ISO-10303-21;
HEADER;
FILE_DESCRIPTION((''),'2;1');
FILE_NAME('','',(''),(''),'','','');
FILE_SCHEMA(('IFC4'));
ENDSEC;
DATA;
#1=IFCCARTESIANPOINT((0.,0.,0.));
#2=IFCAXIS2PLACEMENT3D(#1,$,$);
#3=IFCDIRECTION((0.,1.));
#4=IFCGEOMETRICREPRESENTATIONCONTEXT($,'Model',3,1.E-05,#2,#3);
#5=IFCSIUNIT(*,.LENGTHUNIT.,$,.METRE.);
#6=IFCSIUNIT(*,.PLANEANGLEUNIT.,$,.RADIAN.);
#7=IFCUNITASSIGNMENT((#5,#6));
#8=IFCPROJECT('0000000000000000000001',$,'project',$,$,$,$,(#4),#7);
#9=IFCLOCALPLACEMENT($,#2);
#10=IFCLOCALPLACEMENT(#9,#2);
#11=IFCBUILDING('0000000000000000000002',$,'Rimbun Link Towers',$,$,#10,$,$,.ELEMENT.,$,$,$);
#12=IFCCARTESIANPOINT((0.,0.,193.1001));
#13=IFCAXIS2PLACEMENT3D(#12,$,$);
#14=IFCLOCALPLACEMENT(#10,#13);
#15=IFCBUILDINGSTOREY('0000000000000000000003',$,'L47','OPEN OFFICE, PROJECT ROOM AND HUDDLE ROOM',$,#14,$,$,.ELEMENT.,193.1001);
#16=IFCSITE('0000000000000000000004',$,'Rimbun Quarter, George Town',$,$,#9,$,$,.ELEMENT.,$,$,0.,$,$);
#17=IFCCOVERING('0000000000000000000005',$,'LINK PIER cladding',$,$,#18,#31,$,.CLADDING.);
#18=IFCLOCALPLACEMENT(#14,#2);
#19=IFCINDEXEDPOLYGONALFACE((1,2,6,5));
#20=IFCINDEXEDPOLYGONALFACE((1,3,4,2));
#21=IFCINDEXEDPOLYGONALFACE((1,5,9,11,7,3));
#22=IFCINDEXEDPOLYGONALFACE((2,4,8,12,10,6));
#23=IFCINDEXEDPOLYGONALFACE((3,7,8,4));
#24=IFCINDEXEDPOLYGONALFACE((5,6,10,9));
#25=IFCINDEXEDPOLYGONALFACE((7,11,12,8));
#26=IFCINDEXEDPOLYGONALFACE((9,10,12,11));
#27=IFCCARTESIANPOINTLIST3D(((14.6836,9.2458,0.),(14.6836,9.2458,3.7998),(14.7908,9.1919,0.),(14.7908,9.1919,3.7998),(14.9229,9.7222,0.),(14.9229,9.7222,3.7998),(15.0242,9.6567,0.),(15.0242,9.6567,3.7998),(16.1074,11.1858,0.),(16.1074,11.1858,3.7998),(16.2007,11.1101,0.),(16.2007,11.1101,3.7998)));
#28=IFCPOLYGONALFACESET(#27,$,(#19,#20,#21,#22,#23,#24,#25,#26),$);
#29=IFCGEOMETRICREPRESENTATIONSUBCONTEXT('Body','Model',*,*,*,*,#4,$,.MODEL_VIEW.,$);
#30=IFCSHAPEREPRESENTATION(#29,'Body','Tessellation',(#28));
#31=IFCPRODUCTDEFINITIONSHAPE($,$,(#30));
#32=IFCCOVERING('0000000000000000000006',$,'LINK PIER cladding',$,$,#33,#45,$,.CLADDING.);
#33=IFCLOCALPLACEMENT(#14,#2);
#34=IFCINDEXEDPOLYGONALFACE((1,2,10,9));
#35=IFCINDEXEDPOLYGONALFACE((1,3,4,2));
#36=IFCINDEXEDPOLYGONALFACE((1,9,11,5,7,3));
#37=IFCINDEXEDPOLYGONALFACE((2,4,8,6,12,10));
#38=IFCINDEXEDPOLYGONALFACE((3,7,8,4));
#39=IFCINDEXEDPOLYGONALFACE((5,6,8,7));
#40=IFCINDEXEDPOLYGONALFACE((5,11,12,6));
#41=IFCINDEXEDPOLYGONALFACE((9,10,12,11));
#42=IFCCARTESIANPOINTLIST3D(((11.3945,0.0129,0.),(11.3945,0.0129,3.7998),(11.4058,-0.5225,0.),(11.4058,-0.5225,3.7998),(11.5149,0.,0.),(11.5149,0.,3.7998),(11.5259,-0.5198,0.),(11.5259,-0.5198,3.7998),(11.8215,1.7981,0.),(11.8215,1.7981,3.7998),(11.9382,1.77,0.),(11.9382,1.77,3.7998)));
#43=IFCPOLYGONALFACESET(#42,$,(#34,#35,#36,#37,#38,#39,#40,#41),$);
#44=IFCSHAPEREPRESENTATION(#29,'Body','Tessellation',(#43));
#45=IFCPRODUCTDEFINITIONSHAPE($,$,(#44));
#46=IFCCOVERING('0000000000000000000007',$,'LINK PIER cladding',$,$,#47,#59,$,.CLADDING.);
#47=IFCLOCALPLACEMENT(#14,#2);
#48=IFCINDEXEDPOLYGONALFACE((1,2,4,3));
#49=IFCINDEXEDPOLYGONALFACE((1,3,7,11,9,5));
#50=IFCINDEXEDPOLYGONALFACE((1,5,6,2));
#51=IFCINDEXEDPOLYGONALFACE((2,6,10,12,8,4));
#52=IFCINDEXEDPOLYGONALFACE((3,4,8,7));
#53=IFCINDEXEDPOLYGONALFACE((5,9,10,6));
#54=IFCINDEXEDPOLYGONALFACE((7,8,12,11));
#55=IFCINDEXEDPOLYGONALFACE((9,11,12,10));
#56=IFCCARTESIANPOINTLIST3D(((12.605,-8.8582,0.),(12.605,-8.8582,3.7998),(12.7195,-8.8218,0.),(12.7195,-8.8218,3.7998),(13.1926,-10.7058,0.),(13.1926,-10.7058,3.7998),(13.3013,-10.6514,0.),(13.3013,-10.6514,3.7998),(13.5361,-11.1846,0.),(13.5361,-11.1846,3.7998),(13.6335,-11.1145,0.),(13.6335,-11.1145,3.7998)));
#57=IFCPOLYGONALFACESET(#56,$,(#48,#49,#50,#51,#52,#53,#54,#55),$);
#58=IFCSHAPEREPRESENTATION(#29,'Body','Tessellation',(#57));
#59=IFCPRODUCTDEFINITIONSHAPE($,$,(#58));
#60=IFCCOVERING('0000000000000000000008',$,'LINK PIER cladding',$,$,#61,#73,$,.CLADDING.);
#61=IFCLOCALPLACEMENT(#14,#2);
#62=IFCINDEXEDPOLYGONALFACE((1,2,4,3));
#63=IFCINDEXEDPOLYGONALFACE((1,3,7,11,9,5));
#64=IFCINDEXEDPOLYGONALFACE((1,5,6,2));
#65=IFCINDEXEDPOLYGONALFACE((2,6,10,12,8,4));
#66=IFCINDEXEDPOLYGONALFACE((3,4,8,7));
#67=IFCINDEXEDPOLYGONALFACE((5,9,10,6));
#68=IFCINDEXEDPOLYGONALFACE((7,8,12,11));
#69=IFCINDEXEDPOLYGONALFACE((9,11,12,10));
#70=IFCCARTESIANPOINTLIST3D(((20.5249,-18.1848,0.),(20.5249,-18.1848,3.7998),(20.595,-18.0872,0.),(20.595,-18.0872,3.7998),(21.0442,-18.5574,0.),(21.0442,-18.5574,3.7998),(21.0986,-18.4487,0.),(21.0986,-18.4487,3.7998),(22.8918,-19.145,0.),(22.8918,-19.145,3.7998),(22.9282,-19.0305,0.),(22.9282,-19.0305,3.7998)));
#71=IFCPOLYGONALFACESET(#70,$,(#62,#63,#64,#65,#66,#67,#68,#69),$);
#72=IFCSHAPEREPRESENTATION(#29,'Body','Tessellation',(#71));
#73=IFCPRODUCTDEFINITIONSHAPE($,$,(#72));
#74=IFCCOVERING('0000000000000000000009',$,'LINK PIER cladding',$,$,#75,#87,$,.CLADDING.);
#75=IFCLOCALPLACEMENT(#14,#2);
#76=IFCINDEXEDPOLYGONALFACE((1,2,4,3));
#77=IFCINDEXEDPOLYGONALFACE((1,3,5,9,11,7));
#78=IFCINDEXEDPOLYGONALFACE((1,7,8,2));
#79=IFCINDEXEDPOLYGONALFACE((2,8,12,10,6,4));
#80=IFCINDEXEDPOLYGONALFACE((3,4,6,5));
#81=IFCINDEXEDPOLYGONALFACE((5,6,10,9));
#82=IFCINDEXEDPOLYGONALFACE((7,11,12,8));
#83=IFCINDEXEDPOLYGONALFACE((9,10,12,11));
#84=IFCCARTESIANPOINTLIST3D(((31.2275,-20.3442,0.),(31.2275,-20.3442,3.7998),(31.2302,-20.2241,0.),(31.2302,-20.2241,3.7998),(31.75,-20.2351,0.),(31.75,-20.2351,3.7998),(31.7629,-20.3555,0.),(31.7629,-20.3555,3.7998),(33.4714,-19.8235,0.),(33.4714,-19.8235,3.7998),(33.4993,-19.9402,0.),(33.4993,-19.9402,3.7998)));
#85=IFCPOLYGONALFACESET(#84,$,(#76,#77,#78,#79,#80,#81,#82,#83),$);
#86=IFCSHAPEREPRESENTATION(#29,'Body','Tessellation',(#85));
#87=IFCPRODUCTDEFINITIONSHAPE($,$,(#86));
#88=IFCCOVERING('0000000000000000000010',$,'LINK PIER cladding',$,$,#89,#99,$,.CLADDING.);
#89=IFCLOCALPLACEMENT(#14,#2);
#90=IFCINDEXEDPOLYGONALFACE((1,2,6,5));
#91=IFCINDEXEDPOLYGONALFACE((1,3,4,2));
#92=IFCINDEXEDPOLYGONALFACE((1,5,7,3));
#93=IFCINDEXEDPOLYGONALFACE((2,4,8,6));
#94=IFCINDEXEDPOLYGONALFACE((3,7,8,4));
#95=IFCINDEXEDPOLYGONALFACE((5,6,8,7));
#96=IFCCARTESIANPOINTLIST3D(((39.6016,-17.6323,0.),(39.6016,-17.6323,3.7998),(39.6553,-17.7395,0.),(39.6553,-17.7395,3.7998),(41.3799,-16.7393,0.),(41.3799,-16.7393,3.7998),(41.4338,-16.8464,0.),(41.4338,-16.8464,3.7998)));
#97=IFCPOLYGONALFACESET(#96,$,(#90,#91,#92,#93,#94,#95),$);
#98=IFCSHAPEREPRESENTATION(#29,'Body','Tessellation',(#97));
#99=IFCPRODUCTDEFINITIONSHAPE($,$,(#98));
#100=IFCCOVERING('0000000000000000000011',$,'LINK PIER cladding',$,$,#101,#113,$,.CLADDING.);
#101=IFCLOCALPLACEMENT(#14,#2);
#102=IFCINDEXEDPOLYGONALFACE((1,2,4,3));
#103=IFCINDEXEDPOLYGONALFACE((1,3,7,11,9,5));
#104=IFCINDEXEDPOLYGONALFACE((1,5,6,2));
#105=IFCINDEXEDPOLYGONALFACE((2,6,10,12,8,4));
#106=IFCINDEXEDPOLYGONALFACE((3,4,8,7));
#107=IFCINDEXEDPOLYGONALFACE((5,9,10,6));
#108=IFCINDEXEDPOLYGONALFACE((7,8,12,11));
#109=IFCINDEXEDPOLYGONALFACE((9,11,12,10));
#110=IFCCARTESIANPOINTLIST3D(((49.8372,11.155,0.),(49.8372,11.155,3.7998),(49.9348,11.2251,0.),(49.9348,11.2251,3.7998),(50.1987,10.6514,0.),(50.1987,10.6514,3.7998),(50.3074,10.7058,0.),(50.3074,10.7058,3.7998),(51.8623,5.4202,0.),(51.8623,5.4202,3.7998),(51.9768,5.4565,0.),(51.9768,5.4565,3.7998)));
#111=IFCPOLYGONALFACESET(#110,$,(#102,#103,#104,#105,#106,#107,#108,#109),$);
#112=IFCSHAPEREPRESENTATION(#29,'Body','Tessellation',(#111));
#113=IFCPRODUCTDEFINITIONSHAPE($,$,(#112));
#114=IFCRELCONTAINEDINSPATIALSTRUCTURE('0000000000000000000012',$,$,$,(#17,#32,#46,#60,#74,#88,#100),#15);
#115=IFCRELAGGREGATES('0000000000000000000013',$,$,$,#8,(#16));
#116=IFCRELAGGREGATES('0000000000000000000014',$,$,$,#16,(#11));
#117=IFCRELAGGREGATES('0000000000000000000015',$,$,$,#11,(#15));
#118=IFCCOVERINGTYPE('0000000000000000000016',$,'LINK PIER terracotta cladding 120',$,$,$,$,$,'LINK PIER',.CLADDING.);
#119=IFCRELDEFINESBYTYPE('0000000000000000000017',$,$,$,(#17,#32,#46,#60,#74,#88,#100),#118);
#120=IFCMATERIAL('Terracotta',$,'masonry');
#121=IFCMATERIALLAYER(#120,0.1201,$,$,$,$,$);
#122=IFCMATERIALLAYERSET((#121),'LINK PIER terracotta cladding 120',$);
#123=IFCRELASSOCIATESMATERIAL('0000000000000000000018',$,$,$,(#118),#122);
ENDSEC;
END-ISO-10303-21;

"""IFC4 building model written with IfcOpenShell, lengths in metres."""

from ifc_helpers import new_model, si_unit, direction, frame, origin, place, context, subcontext, project, spatial, polyline, outline, extrude, material, layer, layer_set, type_object, element, save


model = new_model("IFC4")

# Units and contexts
model_context = context("Model", 3, precision=1e-05, world=origin(), true_north=direction((0.0, 1.0)))
body_context = subcontext(model_context, "Body", "Model", "MODEL_VIEW")
ifc_project = project(units=[si_unit("LENGTHUNIT", "METRE"), si_unit("PLANEANGLEUNIT", "RADIAN")], contexts=[model_context])

# Site, building, storey
site_placement = place(None, origin())
site = spatial("IfcSite", under=ifc_project, at=site_placement, Name="Rimbun Quarter, George Town", CompositionType="ELEMENT", RefElevation=0.0)
building_placement = place(site_placement, origin())
building = spatial("IfcBuilding", under=site, at=building_placement, Name="Rimbun Link Towers", CompositionType="ELEMENT")
storey_placement = place(building_placement, frame((0.0, 0.0, 193.1001)))
storey = spatial("IfcBuildingStorey", under=building, at=storey_placement, Name="L47", Description="OPEN OFFICE, PROJECT ROOM AND HUDDLE ROOM", CompositionType="ELEMENT", Elevation=193.1001)

# Coverings
ifc_material_1 = material(Name="Terracotta", Category="masonry")
ifc_layer_1 = layer(ifc_material_1, 0.1201)
ifc_layer_set_1 = layer_set([ifc_layer_1], Name="LINK PIER terracotta cladding 120")
covering_type_1 = type_object("IfcCoveringType", Name="LINK PIER terracotta cladding 120", ElementType="LINK PIER", PredefinedType="CLADDING", material=ifc_layer_set_1)
covering_1_placement = place(storey_placement, origin())
element("IfcCovering", 1, at=covering_1_placement, inside=storey, type_object=covering_type_1, Name="LINK PIER cladding", PredefinedType="CLADDING", context=body_context, shape_type="SweptSolid", body=[
    extrude(outline(polyline([(14.7908, 9.1919), (15.0242, 9.6567), (16.2007, 11.1101), (16.1074, 11.1858), (14.9229, 9.7222), (14.6836, 9.2458), (14.7908, 9.1919)])), origin(), (0.0, 0.0, 1.0), 3.7998),
])
covering_2_placement = place(storey_placement, origin())
element("IfcCovering", 2, at=covering_2_placement, inside=storey, type_object=covering_type_1, Name="LINK PIER cladding", PredefinedType="CLADDING", context=body_context, shape_type="SweptSolid", body=[
    extrude(outline(polyline([(11.5259, -0.5198), (11.5149, 0.0), (11.9382, 1.77), (11.8215, 1.7981), (11.3945, 0.0129), (11.4058, -0.5225), (11.5259, -0.5198)])), origin(), (0.0, 0.0, 1.0), 3.7998),
])
covering_3_placement = place(storey_placement, origin())
element("IfcCovering", 3, at=covering_3_placement, inside=storey, type_object=covering_type_1, Name="LINK PIER cladding", PredefinedType="CLADDING", context=body_context, shape_type="SweptSolid", body=[
    extrude(outline(polyline([(13.6335, -11.1145), (13.3013, -10.6514), (12.7195, -8.8218), (12.605, -8.8582), (13.1926, -10.7058), (13.5361, -11.1846), (13.6335, -11.1145)])), origin(), (0.0, 0.0, 1.0), 3.7998),
])
covering_4_placement = place(storey_placement, origin())
element("IfcCovering", 4, at=covering_4_placement, inside=storey, type_object=covering_type_1, Name="LINK PIER cladding", PredefinedType="CLADDING", context=body_context, shape_type="SweptSolid", body=[
    extrude(outline(polyline([(22.9282, -19.0305), (21.0986, -18.4487), (20.595, -18.0872), (20.5249, -18.1848), (21.0442, -18.5574), (22.8918, -19.145), (22.9282, -19.0305)])), origin(), (0.0, 0.0, 1.0), 3.7998),
])
covering_5_placement = place(storey_placement, origin())
element("IfcCovering", 5, at=covering_5_placement, inside=storey, type_object=covering_type_1, Name="LINK PIER cladding", PredefinedType="CLADDING", context=body_context, shape_type="SweptSolid", body=[
    extrude(outline(polyline([(33.4714, -19.8235), (31.75, -20.2351), (31.2302, -20.2241), (31.2275, -20.3442), (31.7629, -20.3555), (33.4993, -19.9402), (33.4714, -19.8235)])), origin(), (0.0, 0.0, 1.0), 3.7998),
])
covering_6_placement = place(storey_placement, origin())
element("IfcCovering", 6, at=covering_6_placement, inside=storey, type_object=covering_type_1, Name="LINK PIER cladding", PredefinedType="CLADDING", context=body_context, shape_type="SweptSolid", body=[
    extrude(outline(polyline([(41.3799, -16.7393), (39.6016, -17.6323), (39.6553, -17.7395), (41.4338, -16.8464), (41.3799, -16.7393)])), origin(), (0.0, 0.0, 1.0), 3.7998),
])
covering_7_placement = place(storey_placement, origin())
element("IfcCovering", 7, at=covering_7_placement, inside=storey, type_object=covering_type_1, Name="LINK PIER cladding", PredefinedType="CLADDING", context=body_context, shape_type="SweptSolid", body=[
    extrude(outline(polyline([(49.8372, 11.155), (50.1987, 10.6514), (51.8623, 5.4202), (51.9768, 5.4565), (50.3074, 10.7058), (49.9348, 11.2251), (49.8372, 11.155)])), origin(), (0.0, 0.0, 1.0), 3.7998),
])

save(model, "model.ifc")
